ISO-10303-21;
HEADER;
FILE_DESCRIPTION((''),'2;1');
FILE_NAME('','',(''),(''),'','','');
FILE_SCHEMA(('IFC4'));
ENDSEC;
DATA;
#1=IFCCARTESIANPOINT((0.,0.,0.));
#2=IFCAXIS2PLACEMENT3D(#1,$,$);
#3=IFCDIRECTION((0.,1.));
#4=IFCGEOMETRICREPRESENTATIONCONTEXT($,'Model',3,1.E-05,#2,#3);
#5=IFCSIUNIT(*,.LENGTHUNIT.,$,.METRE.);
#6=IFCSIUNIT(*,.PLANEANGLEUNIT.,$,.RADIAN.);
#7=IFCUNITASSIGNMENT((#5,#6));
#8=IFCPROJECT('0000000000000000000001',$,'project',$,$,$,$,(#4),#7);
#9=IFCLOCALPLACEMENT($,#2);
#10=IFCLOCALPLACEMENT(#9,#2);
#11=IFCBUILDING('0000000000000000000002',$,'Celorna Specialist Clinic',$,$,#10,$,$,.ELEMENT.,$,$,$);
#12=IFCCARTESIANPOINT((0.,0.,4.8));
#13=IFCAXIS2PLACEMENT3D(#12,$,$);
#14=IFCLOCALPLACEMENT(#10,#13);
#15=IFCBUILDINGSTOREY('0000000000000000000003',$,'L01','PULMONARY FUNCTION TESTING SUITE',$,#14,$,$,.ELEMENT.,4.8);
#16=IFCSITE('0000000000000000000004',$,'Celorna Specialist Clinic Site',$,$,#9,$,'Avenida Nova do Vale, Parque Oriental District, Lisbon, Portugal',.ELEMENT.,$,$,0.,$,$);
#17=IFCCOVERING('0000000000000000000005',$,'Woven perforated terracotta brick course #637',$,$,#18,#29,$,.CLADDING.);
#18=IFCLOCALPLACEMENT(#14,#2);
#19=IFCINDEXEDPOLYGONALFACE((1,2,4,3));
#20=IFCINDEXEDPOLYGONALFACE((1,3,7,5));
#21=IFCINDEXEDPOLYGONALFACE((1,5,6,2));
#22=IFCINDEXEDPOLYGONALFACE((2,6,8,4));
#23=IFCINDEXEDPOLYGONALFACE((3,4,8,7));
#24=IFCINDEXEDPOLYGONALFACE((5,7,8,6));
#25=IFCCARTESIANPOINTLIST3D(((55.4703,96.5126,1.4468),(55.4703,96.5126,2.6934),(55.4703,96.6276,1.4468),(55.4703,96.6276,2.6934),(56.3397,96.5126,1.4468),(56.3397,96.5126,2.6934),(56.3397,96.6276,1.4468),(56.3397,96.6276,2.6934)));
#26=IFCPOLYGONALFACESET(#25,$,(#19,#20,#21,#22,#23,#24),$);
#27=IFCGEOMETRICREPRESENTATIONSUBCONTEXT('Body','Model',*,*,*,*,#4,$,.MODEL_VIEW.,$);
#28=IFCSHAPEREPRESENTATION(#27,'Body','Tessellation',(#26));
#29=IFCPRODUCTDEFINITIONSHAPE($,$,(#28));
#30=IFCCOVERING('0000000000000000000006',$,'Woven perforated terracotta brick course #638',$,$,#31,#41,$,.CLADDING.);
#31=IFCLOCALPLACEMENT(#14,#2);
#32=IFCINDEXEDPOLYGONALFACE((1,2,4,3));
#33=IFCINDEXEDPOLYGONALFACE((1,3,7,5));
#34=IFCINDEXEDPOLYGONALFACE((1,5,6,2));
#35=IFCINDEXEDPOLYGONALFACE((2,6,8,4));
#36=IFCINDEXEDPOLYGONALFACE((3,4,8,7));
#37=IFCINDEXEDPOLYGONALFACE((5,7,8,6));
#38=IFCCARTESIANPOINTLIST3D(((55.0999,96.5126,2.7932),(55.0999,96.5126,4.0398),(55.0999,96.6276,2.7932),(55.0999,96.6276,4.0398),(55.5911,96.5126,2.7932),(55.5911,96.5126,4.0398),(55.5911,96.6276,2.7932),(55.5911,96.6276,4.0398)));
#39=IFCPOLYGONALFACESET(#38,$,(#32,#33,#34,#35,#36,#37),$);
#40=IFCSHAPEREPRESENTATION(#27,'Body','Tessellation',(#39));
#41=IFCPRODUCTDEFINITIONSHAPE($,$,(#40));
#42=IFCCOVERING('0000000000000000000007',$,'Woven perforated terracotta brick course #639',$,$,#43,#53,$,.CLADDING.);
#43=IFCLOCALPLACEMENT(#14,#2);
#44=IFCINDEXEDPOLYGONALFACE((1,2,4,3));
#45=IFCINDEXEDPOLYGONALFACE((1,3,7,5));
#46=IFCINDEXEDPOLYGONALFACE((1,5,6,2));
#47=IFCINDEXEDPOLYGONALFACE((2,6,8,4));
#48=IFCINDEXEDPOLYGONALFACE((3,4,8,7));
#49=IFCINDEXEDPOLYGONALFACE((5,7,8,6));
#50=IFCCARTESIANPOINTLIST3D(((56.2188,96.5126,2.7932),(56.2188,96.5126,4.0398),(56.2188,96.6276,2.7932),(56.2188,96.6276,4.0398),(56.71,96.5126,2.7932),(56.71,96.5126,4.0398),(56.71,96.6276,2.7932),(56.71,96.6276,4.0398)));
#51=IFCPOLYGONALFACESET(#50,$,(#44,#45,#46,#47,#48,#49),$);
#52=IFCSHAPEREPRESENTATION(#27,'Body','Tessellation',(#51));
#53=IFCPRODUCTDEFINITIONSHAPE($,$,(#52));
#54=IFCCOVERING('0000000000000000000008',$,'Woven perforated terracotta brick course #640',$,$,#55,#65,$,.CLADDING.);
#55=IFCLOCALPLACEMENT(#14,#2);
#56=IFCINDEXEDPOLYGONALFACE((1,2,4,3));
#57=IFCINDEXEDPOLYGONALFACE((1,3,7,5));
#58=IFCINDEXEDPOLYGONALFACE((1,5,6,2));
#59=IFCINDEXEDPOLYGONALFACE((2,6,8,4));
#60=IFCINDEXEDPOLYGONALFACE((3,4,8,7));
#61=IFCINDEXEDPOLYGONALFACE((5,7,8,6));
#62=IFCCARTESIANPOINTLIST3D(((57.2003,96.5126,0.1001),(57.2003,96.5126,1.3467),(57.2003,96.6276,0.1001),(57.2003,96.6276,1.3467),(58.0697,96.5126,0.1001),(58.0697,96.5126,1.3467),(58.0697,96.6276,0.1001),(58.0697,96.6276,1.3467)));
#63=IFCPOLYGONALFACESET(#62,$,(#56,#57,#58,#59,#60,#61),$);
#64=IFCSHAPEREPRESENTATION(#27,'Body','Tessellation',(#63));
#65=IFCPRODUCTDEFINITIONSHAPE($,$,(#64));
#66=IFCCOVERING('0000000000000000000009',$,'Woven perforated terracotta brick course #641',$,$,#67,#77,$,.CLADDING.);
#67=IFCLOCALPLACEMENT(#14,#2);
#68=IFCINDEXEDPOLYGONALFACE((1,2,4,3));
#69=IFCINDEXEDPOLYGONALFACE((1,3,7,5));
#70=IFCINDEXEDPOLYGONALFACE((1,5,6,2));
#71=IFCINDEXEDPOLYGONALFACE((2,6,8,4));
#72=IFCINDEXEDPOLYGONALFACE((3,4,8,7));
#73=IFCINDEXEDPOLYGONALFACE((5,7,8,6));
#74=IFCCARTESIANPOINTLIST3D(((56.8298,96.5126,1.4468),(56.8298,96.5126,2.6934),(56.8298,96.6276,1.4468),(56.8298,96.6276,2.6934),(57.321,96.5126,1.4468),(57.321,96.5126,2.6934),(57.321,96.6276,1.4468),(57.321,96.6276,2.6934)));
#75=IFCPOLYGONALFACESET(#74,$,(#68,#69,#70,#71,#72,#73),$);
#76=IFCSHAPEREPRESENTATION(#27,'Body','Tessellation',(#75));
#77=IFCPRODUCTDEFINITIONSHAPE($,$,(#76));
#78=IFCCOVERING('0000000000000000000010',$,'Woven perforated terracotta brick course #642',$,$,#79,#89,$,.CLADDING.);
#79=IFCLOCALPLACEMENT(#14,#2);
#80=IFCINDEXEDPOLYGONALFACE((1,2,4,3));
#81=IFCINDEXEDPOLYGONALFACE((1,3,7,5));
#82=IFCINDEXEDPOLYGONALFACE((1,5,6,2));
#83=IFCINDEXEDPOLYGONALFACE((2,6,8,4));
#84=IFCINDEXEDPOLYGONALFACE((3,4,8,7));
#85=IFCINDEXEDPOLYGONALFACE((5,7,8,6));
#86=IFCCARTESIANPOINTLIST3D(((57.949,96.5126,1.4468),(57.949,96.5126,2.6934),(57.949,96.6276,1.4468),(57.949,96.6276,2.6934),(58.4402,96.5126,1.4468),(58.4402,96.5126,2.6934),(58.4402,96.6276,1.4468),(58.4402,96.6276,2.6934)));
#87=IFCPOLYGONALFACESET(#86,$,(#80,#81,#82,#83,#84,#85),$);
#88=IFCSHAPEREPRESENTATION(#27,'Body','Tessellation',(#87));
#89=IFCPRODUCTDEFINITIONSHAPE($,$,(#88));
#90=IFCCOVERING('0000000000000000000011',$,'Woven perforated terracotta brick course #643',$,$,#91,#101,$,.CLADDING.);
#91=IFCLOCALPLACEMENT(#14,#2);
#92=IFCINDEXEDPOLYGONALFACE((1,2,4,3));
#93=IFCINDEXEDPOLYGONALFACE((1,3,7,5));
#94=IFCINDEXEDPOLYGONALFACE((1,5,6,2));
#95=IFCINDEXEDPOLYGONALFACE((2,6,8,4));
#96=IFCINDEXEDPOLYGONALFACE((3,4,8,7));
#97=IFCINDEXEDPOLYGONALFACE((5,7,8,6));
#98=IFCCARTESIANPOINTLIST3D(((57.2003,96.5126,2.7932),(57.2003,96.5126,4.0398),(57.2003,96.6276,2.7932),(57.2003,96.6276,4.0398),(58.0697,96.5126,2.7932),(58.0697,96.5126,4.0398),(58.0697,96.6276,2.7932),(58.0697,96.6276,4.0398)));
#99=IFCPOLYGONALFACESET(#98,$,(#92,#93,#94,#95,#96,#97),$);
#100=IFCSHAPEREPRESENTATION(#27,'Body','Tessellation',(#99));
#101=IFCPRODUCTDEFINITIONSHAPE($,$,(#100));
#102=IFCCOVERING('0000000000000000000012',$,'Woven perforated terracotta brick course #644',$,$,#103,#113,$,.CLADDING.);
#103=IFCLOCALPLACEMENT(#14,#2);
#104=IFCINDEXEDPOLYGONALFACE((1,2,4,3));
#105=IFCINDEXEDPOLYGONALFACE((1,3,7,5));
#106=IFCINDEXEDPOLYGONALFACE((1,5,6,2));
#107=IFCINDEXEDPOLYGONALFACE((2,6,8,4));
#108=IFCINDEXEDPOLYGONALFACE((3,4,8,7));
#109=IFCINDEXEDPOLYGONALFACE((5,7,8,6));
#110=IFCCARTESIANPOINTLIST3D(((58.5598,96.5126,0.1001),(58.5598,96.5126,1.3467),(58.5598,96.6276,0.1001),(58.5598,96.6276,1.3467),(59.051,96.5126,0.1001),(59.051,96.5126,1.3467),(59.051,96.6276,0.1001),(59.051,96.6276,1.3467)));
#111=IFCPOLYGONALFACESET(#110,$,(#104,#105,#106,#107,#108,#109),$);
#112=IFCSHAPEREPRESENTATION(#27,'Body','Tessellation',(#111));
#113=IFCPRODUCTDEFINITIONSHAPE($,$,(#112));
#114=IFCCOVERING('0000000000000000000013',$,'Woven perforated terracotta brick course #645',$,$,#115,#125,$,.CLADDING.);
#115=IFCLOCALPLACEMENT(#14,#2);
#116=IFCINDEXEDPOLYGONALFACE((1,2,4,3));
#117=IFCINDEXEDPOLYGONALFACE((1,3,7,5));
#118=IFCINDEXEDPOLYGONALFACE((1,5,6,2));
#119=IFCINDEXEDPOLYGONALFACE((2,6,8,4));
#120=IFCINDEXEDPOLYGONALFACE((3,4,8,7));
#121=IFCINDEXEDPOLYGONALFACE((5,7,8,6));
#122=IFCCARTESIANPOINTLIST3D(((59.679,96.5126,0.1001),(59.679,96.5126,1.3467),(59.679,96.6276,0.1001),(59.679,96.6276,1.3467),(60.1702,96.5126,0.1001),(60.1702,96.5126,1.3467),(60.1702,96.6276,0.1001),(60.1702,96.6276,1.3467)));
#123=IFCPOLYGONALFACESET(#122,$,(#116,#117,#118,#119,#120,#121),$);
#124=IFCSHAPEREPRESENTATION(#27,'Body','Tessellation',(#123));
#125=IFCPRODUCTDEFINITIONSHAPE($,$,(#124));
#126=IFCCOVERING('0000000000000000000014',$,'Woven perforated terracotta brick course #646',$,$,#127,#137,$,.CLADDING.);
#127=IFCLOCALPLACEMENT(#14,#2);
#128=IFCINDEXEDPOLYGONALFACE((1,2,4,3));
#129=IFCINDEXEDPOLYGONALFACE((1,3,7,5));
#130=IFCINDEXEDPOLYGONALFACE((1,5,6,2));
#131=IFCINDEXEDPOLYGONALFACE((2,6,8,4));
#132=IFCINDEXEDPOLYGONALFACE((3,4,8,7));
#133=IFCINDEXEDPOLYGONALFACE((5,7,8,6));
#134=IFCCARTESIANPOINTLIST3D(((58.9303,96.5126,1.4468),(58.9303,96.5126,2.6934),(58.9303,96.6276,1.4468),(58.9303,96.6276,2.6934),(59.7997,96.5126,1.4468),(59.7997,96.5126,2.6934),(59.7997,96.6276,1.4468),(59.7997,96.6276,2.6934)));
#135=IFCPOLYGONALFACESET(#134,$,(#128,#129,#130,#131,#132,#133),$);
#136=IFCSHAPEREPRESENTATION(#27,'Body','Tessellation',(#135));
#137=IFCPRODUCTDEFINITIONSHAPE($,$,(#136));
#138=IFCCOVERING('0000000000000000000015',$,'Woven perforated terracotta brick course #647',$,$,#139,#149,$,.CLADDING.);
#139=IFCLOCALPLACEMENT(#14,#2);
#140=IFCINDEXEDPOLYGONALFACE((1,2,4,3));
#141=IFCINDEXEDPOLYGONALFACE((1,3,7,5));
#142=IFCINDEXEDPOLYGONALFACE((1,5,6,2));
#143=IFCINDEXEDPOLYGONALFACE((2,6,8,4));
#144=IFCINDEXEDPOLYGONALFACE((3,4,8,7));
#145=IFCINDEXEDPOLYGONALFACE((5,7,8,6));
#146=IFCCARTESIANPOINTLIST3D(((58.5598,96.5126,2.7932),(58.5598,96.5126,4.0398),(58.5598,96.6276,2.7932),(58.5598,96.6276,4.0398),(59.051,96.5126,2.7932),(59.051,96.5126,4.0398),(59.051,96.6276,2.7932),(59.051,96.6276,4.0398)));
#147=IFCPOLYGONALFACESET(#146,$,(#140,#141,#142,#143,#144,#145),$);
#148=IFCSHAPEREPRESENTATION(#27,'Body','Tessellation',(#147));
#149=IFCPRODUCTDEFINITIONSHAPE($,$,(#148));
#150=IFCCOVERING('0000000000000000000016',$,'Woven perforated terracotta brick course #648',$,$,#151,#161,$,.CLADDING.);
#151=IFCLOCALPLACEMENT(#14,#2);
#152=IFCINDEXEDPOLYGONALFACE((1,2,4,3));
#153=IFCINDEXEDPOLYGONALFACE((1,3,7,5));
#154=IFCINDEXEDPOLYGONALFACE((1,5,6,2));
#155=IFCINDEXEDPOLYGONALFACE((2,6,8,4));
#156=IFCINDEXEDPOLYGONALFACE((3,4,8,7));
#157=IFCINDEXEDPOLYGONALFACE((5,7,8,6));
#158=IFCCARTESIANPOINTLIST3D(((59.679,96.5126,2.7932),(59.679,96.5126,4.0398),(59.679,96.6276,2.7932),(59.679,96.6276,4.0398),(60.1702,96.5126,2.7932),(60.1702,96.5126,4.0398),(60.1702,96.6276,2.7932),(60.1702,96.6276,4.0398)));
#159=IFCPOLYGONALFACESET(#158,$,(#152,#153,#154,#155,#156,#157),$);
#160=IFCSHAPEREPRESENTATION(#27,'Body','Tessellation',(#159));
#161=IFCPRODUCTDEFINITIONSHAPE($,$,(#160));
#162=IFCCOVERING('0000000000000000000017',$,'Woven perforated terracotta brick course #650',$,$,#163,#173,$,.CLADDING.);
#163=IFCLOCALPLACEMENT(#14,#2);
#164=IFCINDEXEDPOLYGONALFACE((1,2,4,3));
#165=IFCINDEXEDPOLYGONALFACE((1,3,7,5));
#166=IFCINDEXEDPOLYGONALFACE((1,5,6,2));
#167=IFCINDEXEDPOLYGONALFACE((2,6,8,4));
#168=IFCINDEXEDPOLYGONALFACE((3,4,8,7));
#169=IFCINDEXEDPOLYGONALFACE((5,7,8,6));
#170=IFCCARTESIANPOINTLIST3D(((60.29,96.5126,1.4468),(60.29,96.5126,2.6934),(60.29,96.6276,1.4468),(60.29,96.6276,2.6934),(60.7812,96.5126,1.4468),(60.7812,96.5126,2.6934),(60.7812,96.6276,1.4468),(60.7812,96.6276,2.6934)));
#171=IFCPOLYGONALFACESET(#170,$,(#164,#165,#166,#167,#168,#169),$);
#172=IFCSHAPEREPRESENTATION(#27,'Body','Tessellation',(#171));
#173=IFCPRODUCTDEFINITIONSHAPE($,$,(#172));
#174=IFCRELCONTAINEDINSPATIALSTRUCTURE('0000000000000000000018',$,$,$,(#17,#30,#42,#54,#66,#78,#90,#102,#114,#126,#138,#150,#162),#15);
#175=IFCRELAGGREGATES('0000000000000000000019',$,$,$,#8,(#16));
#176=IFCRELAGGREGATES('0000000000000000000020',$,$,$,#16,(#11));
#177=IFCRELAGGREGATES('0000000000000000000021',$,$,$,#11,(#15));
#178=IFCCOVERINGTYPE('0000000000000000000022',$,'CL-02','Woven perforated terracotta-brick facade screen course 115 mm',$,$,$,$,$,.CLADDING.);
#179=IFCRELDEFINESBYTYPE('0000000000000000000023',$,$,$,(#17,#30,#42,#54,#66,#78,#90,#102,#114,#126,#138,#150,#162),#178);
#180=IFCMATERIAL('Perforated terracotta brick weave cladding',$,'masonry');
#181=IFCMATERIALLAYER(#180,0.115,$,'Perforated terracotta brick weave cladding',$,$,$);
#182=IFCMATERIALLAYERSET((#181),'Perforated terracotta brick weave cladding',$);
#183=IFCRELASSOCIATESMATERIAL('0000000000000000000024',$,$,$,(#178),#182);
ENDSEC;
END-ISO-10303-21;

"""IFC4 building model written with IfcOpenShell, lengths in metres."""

from ifc_helpers import new_model, si_unit, direction, frame, origin, origin_2d, place, context, subcontext, project, spatial, rectangle, extrude, material, layer, layer_set, type_object, element, save


model = new_model("IFC4")

# Units and contexts
model_context = context("Model", 3, precision=1e-05, world=origin(), true_north=direction((0.0, 1.0)))
body_context = subcontext(model_context, "Body", "Model", "MODEL_VIEW")
ifc_project = project(units=[si_unit("LENGTHUNIT", "METRE"), si_unit("PLANEANGLEUNIT", "RADIAN")], contexts=[model_context])

# Site, building, storey
site_placement = place(None, origin())
site = spatial("IfcSite", under=ifc_project, at=site_placement, Name="Celorna Specialist Clinic Site", LongName="Avenida Nova do Vale, Parque Oriental District, Lisbon, Portugal", CompositionType="ELEMENT", RefElevation=0.0)
building_placement = place(site_placement, origin())
building = spatial("IfcBuilding", under=site, at=building_placement, Name="Celorna Specialist Clinic", CompositionType="ELEMENT")
storey_placement = place(building_placement, frame((0.0, 0.0, 4.8)))
storey = spatial("IfcBuildingStorey", under=building, at=storey_placement, Name="L01", Description="PULMONARY FUNCTION TESTING SUITE", CompositionType="ELEMENT", Elevation=4.8)

# Coverings
ifc_material_1 = material(Name="Perforated terracotta brick weave cladding", Category="masonry")
ifc_layer_1 = layer(ifc_material_1, 0.115, Name="Perforated terracotta brick weave cladding")
ifc_layer_set_1 = layer_set([ifc_layer_1], Name="Perforated terracotta brick weave cladding")
covering_type = type_object("IfcCoveringType", Name="CL-02", Description="Woven perforated terracotta-brick facade screen course 115 mm", PredefinedType="CLADDING", material=ifc_layer_set_1)
covering_1_placement = place(storey_placement, frame((55.905, 96.5701, 1.4468), z_axis=(0.0, 0.0, 1.0), x_axis=(1.0, 0.0, 0.0)))
element("IfcCovering", 1, at=covering_1_placement, inside=storey, type_object=covering_type, Name="Woven perforated terracotta brick course #637", PredefinedType="CLADDING", context=body_context, shape_type="SweptSolid", body=[
    extrude(rectangle(XDim=0.8694, YDim=0.115, at=origin_2d()), origin(), (0.0, 0.0, 1.0), 1.2466),
])
for number, where, z_axis, x_axis, name in (
    (2, (55.3455, 96.5701, 2.7932), (0.0, 0.0, 1.0), (1.0, 0.0, 0.0), "Woven perforated terracotta brick course #638"),
    (3, (56.4644, 96.5701, 2.7932), (0.0, 0.0, 1.0), (1.0, 0.0, 0.0), "Woven perforated terracotta brick course #639"),
):
    element("IfcCovering", number, at=place(storey_placement, frame(where, z_axis=z_axis, x_axis=x_axis)), inside=storey, type_object=covering_type, Name=name, PredefinedType="CLADDING", context=body_context, shape_type="SweptSolid", body=[
        extrude(rectangle(XDim=0.4912, YDim=0.115, at=origin_2d()), origin(), (0.0, 0.0, 1.0), 1.2466),
    ])
covering_2_placement = place(storey_placement, frame((57.635, 96.5701, 0.1001), z_axis=(0.0, 0.0, 1.0), x_axis=(1.0, 0.0, 0.0)))
element("IfcCovering", 4, at=covering_2_placement, inside=storey, type_object=covering_type, Name="Woven perforated terracotta brick course #640", PredefinedType="CLADDING", context=body_context, shape_type="SweptSolid", body=[
    extrude(rectangle(XDim=0.8694, YDim=0.115, at=origin_2d()), origin(), (0.0, 0.0, 1.0), 1.2466),
])
for number, where, z_axis, x_axis, name in (
    (5, (57.0754, 96.5701, 1.4468), (0.0, 0.0, 1.0), (1.0, 0.0, 0.0), "Woven perforated terracotta brick course #641"),
    (6, (58.1946, 96.5701, 1.4468), (0.0, 0.0, 1.0), (1.0, 0.0, 0.0), "Woven perforated terracotta brick course #642"),
):
    element("IfcCovering", number, at=place(storey_placement, frame(where, z_axis=z_axis, x_axis=x_axis)), inside=storey, type_object=covering_type, Name=name, PredefinedType="CLADDING", context=body_context, shape_type="SweptSolid", body=[
        extrude(rectangle(XDim=0.4912, YDim=0.115, at=origin_2d()), origin(), (0.0, 0.0, 1.0), 1.2466),
    ])
covering_3_placement = place(storey_placement, frame((57.635, 96.5701, 2.7932), z_axis=(0.0, 0.0, 1.0), x_axis=(1.0, 0.0, 0.0)))
element("IfcCovering", 7, at=covering_3_placement, inside=storey, type_object=covering_type, Name="Woven perforated terracotta brick course #643", PredefinedType="CLADDING", context=body_context, shape_type="SweptSolid", body=[
    extrude(rectangle(XDim=0.8694, YDim=0.115, at=origin_2d()), origin(), (0.0, 0.0, 1.0), 1.2466),
])
for number, where, z_axis, x_axis, name in (
    (8, (58.8054, 96.5701, 0.1001), (0.0, 0.0, 1.0), (1.0, 0.0, 0.0), "Woven perforated terracotta brick course #644"),
    (9, (59.9246, 96.5701, 0.1001), (0.0, 0.0, 1.0), (1.0, 0.0, 0.0), "Woven perforated terracotta brick course #645"),
):
    element("IfcCovering", number, at=place(storey_placement, frame(where, z_axis=z_axis, x_axis=x_axis)), inside=storey, type_object=covering_type, Name=name, PredefinedType="CLADDING", context=body_context, shape_type="SweptSolid", body=[
        extrude(rectangle(XDim=0.4912, YDim=0.115, at=origin_2d()), origin(), (0.0, 0.0, 1.0), 1.2466),
    ])
covering_4_placement = place(storey_placement, frame((59.365, 96.5701, 1.4468), z_axis=(0.0, 0.0, 1.0), x_axis=(1.0, 0.0, 0.0)))
element("IfcCovering", 10, at=covering_4_placement, inside=storey, type_object=covering_type, Name="Woven perforated terracotta brick course #646", PredefinedType="CLADDING", context=body_context, shape_type="SweptSolid", body=[
    extrude(rectangle(XDim=0.8694, YDim=0.115, at=origin_2d()), origin(), (0.0, 0.0, 1.0), 1.2466),
])
for number, where, z_axis, x_axis, name in (
    (11, (58.8054, 96.5701, 2.7932), (0.0, 0.0, 1.0), (1.0, 0.0, 0.0), "Woven perforated terracotta brick course #647"),
    (12, (59.9246, 96.5701, 2.7932), (0.0, 0.0, 1.0), (1.0, 0.0, 0.0), "Woven perforated terracotta brick course #648"),
    (13, (60.5356, 96.5701, 1.4468), (0.0, 0.0, 1.0), (1.0, 0.0, 0.0), "Woven perforated terracotta brick course #650"),
):
    element("IfcCovering", number, at=place(storey_placement, frame(where, z_axis=z_axis, x_axis=x_axis)), inside=storey, type_object=covering_type, Name=name, PredefinedType="CLADDING", context=body_context, shape_type="SweptSolid", body=[
        extrude(rectangle(XDim=0.4912, YDim=0.115, at=origin_2d()), origin(), (0.0, 0.0, 1.0), 1.2466),
    ])

save(model, "model.ifc")
